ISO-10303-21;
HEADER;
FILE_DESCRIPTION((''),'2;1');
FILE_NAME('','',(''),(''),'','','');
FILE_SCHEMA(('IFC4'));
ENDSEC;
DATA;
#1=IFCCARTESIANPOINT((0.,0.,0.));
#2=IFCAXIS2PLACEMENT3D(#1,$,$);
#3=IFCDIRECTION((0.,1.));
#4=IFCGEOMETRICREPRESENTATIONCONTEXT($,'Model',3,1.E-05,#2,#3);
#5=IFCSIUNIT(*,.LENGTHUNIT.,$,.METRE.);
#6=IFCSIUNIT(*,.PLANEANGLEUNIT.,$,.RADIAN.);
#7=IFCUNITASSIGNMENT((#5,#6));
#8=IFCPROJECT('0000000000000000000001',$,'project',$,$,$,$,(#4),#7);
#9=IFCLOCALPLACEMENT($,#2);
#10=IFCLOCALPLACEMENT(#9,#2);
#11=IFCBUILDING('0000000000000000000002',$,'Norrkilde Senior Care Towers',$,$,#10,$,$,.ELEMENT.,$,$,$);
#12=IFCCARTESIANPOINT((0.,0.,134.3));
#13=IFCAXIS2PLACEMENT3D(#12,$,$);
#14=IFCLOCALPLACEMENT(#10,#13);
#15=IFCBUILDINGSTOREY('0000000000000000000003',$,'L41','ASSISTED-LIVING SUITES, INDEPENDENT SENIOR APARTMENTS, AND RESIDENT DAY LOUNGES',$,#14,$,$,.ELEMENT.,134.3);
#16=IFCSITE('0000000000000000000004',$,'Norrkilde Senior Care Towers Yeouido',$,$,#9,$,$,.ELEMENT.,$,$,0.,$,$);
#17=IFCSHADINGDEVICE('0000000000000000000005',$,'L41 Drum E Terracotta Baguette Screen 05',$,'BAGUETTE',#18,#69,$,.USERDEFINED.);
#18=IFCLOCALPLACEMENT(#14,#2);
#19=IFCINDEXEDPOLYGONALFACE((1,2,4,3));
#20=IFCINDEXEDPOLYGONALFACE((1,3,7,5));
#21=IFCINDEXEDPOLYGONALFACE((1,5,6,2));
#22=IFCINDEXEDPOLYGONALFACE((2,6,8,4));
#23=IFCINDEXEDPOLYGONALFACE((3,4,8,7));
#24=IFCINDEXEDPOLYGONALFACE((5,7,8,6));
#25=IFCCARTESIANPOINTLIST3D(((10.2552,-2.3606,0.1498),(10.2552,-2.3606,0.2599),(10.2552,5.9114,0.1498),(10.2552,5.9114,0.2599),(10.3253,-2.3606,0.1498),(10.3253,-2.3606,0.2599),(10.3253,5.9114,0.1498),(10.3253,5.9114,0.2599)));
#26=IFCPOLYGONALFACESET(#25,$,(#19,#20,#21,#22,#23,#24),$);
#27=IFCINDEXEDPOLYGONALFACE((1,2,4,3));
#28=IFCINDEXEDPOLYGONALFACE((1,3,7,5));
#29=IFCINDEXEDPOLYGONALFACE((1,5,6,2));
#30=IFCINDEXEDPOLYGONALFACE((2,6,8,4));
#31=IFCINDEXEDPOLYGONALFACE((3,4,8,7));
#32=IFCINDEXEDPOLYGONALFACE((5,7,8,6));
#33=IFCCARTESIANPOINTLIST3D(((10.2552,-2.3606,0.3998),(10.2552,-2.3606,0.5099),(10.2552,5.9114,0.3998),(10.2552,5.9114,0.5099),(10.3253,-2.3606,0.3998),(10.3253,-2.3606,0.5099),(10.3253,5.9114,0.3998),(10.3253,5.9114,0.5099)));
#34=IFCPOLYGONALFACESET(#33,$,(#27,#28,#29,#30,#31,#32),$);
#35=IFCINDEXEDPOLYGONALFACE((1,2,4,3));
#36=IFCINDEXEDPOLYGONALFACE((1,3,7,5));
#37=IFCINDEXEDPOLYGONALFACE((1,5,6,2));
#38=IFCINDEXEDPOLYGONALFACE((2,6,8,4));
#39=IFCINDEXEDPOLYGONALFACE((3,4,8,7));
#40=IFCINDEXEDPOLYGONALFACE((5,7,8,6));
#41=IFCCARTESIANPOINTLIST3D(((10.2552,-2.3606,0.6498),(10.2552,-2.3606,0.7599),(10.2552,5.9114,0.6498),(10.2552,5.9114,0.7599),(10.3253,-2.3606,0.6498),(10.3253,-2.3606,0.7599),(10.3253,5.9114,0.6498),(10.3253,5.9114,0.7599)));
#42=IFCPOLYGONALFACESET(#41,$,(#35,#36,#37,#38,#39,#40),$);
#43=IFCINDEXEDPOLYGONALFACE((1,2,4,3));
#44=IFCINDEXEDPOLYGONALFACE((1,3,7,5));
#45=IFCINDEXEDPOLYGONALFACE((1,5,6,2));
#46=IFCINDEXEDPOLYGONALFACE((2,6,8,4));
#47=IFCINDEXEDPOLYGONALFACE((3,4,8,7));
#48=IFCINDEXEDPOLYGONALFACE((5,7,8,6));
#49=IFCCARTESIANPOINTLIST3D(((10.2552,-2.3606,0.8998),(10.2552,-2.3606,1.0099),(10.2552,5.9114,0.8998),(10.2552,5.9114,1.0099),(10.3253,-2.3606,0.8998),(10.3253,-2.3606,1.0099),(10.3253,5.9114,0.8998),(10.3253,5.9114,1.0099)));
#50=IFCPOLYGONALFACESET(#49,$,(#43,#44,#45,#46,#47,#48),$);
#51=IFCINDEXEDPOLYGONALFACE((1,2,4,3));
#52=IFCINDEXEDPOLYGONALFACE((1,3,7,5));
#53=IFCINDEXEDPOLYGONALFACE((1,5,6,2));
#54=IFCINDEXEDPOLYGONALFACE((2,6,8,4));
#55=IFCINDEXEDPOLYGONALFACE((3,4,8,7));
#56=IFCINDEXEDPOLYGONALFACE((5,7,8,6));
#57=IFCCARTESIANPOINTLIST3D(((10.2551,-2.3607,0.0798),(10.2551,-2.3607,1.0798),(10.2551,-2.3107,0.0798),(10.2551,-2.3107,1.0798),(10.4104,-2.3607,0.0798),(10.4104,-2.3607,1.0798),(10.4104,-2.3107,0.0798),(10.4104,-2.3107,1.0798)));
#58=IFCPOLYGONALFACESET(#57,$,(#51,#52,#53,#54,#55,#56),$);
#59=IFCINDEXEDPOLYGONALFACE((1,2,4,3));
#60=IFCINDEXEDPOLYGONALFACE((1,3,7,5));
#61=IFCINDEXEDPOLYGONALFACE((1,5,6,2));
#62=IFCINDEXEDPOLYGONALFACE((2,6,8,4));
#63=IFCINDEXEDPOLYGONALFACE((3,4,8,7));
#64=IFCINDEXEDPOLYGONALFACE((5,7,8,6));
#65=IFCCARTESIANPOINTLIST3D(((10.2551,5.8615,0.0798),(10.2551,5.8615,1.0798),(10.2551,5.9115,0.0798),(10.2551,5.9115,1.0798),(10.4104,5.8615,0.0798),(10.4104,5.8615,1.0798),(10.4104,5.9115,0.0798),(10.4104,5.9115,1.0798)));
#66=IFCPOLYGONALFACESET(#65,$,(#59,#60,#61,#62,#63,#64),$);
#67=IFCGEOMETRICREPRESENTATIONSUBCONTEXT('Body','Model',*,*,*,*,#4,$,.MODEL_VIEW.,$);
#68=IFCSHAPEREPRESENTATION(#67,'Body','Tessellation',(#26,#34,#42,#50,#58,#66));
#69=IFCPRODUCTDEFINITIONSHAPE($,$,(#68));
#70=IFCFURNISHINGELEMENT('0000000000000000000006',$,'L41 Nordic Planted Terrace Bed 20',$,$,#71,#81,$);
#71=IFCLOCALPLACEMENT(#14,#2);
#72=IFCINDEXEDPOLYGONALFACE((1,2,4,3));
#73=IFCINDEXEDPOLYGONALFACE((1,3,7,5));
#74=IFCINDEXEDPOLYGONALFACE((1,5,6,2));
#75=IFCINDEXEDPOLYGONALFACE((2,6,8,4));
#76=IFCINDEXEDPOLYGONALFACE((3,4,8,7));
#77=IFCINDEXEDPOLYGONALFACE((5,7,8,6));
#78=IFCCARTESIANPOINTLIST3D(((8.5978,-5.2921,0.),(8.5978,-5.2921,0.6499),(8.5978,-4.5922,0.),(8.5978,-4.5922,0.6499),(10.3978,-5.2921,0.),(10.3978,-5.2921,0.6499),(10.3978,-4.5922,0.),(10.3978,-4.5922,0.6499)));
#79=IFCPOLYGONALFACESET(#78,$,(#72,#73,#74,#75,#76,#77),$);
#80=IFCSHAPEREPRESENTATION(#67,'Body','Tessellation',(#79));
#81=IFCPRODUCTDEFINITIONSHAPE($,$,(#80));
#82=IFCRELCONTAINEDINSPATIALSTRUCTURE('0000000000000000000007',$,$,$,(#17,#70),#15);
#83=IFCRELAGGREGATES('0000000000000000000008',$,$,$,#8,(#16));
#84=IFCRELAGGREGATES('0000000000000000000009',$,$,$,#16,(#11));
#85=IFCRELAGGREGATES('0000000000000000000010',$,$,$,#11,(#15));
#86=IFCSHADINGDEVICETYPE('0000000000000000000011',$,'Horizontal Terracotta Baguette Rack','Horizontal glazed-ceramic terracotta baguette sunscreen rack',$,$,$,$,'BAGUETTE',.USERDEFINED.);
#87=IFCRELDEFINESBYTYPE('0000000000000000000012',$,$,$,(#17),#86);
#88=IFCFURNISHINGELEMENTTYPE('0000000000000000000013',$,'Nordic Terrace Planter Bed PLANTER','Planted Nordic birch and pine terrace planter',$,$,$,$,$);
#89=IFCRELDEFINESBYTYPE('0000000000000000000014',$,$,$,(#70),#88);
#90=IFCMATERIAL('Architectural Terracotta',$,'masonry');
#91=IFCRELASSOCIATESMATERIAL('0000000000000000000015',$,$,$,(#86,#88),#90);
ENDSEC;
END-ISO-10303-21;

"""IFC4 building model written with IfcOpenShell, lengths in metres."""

from ifc_helpers import new_model, si_unit, direction, frame, origin, origin_2d, place, context, subcontext, project, spatial, rectangle, extrude, source, transform, mapped, material, type_object, type_shapes, element, save


model = new_model("IFC4")

# Units and contexts
model_context = context("Model", 3, precision=1e-05, world=origin(), true_north=direction((0.0, 1.0)))
body_context = subcontext(model_context, "Body", "Model", "MODEL_VIEW")
ifc_project = project(units=[si_unit("LENGTHUNIT", "METRE"), si_unit("PLANEANGLEUNIT", "RADIAN")], contexts=[model_context])

# Site, building, storey
site_placement = place(None, origin())
site = spatial("IfcSite", under=ifc_project, at=site_placement, Name="Norrkilde Senior Care Towers Yeouido", CompositionType="ELEMENT", RefElevation=0.0)
building_placement = place(site_placement, origin())
building = spatial("IfcBuilding", under=site, at=building_placement, Name="Norrkilde Senior Care Towers", CompositionType="ELEMENT")
storey_placement = place(building_placement, frame((0.0, 0.0, 134.3)))
storey = spatial("IfcBuildingStorey", under=building, at=storey_placement, Name="L41", Description="ASSISTED-LIVING SUITES, INDEPENDENT SENIOR APARTMENTS, AND RESIDENT DAY LOUNGES", CompositionType="ELEMENT", Elevation=134.3)

# Shading device
ifc_material_1 = material(Name="Architectural Terracotta", Category="masonry")
shading_device_type = type_object("IfcShadingDeviceType", Name="Horizontal Terracotta Baguette Rack", Description="Horizontal glazed-ceramic terracotta baguette sunscreen rack", ElementType="BAGUETTE", PredefinedType="USERDEFINED", material=ifc_material_1)
shared_shape_1 = source(origin(), body_context, "Body", "SweptSolid", [
    extrude(rectangle(XDim=0.0701, YDim=0.1101, at=origin_2d()), frame((0.0, 0.0901, 0.125), z_axis=(1.0, 0.0, 0.0), x_axis=(0.0, 1.0, 0.0)), (0.0, 0.0, 1.0), 8.272),
    extrude(rectangle(XDim=0.0701, YDim=0.1101, at=origin_2d()), frame((0.0, 0.0901, 0.375), z_axis=(1.0, 0.0, 0.0), x_axis=(0.0, 1.0, 0.0)), (0.0, 0.0, 1.0), 8.272),
    extrude(rectangle(XDim=0.0701, YDim=0.1101, at=origin_2d()), frame((0.0, 0.0901, 0.625), z_axis=(1.0, 0.0, 0.0), x_axis=(0.0, 1.0, 0.0)), (0.0, 0.0, 1.0), 8.272),
    extrude(rectangle(XDim=0.0701, YDim=0.1101, at=origin_2d()), frame((0.0, 0.0901, 0.875), z_axis=(1.0, 0.0, 0.0), x_axis=(0.0, 1.0, 0.0)), (0.0, 0.0, 1.0), 8.272),
    extrude(rectangle(XDim=0.05, YDim=0.1553, at=origin_2d()), frame((0.0249, 0.0476, 0.0)), (0.0, 0.0, 1.0), 1.0),
    extrude(rectangle(XDim=0.05, YDim=0.1553, at=origin_2d()), frame((8.2471, 0.0476, 0.0)), (0.0, 0.0, 1.0), 1.0),
])
type_shapes(shading_device_type, [shared_shape_1])
shading_device_placement = place(storey_placement, frame((10.3804, -2.3606, 0.0798), z_axis=(0.0, 0.0, 1.0), x_axis=(0.0, 1.0, 0.0)))
element("IfcShadingDevice", 1, at=shading_device_placement, inside=storey, type_object=shading_device_type, Name="L41 Drum E Terracotta Baguette Screen 05", ObjectType="BAGUETTE", PredefinedType="USERDEFINED", context=body_context, shape_type="MappedRepresentation", body=[
    mapped(shared_shape_1, transform((0.0, 0.0, 0.0), x_axis=(1.0, 0.0, 0.0), y_axis=(0.0, 1.0, 0.0), z_axis=(0.0, 0.0, 1.0), scale=1.0)),
])

# Furnishing element
furnishing_element_type = type_object("IfcFurnishingElementType", Name="Nordic Terrace Planter Bed PLANTER", Description="Planted Nordic birch and pine terrace planter", material=ifc_material_1)
shared_shape_2 = source(origin(), body_context, "Body", "SweptSolid", [
    extrude(rectangle(XDim=1.8, YDim=0.7, at=origin_2d()), origin(), (0.0, 0.0, 1.0), 0.6499),
])
type_shapes(furnishing_element_type, [shared_shape_2])
furnishing_placement = place(storey_placement, frame((9.4978, -4.9421, 0.0), z_axis=(0.0, 0.0, 1.0), x_axis=(1.0, 0.0, 0.0)))
element("IfcFurnishingElement", 2, at=furnishing_placement, inside=storey, type_object=furnishing_element_type, Name="L41 Nordic Planted Terrace Bed 20", context=body_context, shape_type="MappedRepresentation", body=[
    mapped(shared_shape_2, transform((0.0, 0.0, 0.0), x_axis=(1.0, 0.0, 0.0), y_axis=(0.0, 1.0, 0.0), z_axis=(0.0, 0.0, 1.0), scale=1.0)),
])

save(model, "model.ifc")
